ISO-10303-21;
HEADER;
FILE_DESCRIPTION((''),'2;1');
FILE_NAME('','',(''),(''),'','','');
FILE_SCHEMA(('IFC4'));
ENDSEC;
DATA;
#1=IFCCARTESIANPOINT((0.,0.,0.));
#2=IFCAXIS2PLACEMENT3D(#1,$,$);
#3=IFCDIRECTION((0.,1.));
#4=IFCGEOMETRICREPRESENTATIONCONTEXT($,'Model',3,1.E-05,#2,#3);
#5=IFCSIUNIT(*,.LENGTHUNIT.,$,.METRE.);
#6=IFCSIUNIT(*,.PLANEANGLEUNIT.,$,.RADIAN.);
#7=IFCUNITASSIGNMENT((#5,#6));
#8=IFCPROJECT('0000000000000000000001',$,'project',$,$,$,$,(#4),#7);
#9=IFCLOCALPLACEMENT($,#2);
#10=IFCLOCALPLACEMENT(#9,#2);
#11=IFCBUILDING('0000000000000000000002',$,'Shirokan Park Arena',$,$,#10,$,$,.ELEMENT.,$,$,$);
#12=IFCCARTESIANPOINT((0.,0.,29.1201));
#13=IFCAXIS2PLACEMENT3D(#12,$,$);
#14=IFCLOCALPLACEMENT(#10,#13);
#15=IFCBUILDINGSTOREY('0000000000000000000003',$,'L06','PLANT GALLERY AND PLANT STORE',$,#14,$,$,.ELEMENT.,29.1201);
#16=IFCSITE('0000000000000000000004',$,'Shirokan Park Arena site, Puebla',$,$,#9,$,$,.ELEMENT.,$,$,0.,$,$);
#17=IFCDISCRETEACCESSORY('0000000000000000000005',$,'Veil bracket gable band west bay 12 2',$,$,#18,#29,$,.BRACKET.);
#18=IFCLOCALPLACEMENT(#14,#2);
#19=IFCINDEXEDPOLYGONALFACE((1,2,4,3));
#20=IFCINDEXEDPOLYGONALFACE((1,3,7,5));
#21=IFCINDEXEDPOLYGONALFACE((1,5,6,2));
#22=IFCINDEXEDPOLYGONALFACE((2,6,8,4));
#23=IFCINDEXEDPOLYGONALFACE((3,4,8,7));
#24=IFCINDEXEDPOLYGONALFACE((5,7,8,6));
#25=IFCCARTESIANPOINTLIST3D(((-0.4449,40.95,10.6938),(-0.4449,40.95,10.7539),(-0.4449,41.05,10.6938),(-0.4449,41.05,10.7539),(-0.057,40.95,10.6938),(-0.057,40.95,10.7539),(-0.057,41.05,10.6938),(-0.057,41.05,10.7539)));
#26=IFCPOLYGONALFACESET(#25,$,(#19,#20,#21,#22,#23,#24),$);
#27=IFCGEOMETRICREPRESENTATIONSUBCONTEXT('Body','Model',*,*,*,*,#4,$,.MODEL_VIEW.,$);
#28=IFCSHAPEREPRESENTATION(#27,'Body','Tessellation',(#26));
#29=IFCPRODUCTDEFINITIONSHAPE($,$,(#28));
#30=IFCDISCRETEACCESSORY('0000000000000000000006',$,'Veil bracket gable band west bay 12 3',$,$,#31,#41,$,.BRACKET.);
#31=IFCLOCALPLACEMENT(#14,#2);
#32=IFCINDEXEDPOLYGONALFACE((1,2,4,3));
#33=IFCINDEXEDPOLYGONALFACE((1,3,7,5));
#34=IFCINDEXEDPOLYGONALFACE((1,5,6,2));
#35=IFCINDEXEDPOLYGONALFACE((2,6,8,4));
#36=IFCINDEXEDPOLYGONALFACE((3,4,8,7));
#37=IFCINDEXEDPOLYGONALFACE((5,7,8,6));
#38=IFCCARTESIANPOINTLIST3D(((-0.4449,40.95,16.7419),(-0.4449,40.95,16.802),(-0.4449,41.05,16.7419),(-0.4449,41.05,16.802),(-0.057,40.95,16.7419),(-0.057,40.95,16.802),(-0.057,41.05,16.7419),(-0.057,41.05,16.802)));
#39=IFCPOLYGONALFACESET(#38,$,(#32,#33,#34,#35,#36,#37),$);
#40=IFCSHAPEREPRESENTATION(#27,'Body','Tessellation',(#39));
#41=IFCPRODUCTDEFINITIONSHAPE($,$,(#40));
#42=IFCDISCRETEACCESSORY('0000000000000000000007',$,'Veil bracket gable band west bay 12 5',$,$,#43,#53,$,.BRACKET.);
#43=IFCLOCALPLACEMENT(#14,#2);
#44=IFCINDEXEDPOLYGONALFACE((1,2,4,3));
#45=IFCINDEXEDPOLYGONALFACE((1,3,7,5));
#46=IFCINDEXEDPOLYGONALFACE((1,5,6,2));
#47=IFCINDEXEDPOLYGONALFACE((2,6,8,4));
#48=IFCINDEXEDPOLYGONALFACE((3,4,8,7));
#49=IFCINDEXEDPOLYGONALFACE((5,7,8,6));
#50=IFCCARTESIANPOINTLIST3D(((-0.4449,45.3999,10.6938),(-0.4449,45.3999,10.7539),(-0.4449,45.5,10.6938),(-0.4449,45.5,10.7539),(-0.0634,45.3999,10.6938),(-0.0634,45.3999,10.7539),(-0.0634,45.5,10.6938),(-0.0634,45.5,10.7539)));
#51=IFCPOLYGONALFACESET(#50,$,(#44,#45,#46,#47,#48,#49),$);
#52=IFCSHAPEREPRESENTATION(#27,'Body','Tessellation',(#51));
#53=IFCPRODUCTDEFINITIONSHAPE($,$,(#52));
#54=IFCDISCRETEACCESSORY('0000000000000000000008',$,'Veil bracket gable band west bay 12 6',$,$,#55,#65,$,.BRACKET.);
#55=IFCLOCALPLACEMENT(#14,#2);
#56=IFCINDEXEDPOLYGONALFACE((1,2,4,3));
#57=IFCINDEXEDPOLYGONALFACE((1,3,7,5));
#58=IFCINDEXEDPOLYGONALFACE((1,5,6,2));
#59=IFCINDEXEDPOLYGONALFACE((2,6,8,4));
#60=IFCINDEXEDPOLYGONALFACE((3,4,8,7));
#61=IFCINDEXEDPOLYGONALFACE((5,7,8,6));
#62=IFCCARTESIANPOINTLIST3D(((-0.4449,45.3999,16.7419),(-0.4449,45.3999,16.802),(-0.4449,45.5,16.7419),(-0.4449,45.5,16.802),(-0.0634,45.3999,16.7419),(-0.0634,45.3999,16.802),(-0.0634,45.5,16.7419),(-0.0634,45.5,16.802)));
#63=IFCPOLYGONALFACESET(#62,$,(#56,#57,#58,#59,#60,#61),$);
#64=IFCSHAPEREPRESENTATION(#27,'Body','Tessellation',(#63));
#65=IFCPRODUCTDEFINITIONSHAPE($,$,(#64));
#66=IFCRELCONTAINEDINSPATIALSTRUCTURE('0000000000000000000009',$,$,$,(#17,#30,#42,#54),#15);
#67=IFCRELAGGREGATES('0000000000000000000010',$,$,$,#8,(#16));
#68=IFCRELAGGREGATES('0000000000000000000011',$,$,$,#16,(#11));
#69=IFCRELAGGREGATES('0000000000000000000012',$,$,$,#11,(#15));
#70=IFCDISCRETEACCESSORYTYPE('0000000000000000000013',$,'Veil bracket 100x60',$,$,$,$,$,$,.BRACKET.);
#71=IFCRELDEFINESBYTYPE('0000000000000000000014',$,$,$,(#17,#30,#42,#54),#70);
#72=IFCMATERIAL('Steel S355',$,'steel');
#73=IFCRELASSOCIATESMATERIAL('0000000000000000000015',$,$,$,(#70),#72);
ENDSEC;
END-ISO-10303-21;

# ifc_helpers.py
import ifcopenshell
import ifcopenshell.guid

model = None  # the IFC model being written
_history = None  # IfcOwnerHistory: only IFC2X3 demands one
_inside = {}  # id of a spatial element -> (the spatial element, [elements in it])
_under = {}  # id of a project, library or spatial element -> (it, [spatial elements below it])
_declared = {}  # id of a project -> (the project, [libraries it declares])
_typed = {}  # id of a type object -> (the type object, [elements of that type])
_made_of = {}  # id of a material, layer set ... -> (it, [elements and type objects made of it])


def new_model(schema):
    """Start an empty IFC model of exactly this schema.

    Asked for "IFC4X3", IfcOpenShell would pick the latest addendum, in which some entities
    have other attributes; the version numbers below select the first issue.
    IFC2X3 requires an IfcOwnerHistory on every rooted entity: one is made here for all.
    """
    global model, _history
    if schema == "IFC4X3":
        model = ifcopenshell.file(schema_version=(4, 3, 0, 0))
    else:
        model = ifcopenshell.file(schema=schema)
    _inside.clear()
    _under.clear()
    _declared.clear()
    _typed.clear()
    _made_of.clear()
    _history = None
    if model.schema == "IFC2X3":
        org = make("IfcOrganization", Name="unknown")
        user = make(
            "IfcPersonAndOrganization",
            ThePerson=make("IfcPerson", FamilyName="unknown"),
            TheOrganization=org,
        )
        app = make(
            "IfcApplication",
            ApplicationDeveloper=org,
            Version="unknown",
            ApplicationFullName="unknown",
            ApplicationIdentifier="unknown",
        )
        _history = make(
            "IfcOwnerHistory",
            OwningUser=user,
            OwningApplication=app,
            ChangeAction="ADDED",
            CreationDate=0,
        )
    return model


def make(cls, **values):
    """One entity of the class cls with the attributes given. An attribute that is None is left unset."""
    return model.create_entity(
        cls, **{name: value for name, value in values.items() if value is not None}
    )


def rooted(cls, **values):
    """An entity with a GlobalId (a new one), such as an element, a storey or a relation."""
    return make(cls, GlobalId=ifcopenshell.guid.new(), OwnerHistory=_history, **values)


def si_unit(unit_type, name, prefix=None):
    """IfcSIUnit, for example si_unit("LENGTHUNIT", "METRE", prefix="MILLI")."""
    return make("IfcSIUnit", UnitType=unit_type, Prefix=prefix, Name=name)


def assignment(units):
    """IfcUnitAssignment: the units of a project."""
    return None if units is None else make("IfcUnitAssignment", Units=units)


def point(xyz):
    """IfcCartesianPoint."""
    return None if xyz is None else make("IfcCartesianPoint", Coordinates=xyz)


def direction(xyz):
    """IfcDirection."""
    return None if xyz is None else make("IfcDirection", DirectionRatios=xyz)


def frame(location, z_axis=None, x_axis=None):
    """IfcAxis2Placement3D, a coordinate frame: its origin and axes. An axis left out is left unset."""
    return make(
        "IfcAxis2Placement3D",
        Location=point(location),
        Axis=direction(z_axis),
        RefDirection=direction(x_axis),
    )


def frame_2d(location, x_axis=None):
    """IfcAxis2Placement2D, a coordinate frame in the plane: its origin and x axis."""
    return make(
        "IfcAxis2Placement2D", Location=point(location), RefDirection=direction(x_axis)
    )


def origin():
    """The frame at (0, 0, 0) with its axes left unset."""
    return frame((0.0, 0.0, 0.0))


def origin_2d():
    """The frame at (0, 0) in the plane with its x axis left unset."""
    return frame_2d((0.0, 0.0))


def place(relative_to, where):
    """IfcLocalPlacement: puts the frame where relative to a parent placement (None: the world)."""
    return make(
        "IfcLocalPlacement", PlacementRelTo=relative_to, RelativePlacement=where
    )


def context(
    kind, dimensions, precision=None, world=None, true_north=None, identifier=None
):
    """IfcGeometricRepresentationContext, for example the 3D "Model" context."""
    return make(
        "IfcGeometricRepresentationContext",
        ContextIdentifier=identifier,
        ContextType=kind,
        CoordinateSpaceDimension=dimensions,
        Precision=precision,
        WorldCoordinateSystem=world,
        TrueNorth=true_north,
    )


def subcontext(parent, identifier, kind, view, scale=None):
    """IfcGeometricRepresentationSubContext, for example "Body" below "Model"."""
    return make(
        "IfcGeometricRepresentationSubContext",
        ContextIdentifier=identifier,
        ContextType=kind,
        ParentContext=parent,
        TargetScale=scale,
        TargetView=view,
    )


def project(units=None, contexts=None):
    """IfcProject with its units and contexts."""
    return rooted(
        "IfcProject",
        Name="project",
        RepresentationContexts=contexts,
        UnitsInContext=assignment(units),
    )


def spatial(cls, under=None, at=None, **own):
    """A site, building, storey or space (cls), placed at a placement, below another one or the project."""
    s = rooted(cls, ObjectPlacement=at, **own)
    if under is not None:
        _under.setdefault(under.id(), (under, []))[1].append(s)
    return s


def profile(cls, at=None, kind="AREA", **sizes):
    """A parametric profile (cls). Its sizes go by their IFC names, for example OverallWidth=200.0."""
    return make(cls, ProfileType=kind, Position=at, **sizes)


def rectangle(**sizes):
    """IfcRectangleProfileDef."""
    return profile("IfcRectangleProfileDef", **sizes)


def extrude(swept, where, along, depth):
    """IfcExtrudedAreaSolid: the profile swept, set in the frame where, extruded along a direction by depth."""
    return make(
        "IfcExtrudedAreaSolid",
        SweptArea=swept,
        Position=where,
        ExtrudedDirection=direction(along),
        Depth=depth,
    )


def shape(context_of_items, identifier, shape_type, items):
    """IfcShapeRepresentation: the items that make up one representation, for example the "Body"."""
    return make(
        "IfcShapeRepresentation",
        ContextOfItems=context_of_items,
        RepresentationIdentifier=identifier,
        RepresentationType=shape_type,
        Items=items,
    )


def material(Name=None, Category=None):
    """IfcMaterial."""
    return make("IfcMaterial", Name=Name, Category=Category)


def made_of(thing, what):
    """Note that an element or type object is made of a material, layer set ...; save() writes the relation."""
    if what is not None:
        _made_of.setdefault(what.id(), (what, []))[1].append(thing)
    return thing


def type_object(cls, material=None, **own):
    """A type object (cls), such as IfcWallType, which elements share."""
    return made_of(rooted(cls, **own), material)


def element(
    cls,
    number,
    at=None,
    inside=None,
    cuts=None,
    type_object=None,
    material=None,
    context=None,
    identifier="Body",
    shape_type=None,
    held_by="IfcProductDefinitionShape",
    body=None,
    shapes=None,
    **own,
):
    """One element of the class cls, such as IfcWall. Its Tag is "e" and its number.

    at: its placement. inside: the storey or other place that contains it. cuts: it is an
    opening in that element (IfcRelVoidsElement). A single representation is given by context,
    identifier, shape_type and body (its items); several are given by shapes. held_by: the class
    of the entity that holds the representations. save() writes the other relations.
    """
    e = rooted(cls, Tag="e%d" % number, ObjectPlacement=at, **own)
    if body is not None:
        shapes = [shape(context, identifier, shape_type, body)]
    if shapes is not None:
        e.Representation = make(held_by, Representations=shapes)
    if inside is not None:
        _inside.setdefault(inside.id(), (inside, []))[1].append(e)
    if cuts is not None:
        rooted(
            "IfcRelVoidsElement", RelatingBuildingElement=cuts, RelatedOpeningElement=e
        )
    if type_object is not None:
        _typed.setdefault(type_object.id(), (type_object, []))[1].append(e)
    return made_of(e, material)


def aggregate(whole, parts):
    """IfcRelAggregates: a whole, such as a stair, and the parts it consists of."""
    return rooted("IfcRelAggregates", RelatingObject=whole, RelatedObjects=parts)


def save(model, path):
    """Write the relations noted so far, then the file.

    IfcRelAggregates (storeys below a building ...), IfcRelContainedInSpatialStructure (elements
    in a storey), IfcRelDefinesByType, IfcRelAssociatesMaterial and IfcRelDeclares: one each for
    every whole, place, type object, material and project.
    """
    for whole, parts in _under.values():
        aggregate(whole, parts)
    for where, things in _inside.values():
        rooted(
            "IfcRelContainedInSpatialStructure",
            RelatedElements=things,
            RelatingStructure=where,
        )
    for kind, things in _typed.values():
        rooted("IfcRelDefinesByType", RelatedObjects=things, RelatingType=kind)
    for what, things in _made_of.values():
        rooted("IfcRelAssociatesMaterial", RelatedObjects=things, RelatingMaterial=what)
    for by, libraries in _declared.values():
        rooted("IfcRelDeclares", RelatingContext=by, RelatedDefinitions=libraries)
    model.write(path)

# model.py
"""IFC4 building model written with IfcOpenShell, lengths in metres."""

from ifc_helpers import new_model, si_unit, direction, frame, origin, origin_2d, place, context, subcontext, project, spatial, rectangle, extrude, material, type_object, element, save


model = new_model("IFC4")

# Units and contexts
model_context = context("Model", 3, precision=1e-05, world=origin(), true_north=direction((0.0, 1.0)))
body_context = subcontext(model_context, "Body", "Model", "MODEL_VIEW")
ifc_project = project(units=[si_unit("LENGTHUNIT", "METRE"), si_unit("PLANEANGLEUNIT", "RADIAN")], contexts=[model_context])

# Site, building, storey
site_placement = place(None, origin())
site = spatial("IfcSite", under=ifc_project, at=site_placement, Name="Shirokan Park Arena site, Puebla", CompositionType="ELEMENT", RefElevation=0.0)
building_placement = place(site_placement, origin())
building = spatial("IfcBuilding", under=site, at=building_placement, Name="Shirokan Park Arena", CompositionType="ELEMENT")
storey_placement = place(building_placement, frame((0.0, 0.0, 29.1201)))
storey = spatial("IfcBuildingStorey", under=building, at=storey_placement, Name="L06", Description="PLANT GALLERY AND PLANT STORE", CompositionType="ELEMENT", Elevation=29.1201)

# Discrete accessories
ifc_material_1 = material(Name="Steel S355", Category="steel")
discrete_accessory_type = type_object("IfcDiscreteAccessoryType", Name="Veil bracket 100x60", PredefinedType="BRACKET", material=ifc_material_1)
for number, where, z_axis, x_axis, name in (
    (1, (-0.251, 41.0, 10.6938), (0.0, 0.0, 1.0), (1.0, 0.0, 0.0), "Veil bracket gable band west bay 12 2"),
    (2, (-0.251, 41.0, 16.7419), (0.0, 0.0, 1.0), (1.0, 0.0, 0.0), "Veil bracket gable band west bay 12 3"),
):
    element("IfcDiscreteAccessory", number, at=place(storey_placement, frame(where, z_axis=z_axis, x_axis=x_axis)), inside=storey, type_object=discrete_accessory_type, Name=name, PredefinedType="BRACKET", context=body_context, shape_type="SweptSolid", body=[
        extrude(rectangle(XDim=0.3879, YDim=0.1001, at=origin_2d()), origin(), (0.0, 0.0, 1.0), 0.0601),
    ])
for number, where, z_axis, x_axis, name in (
    (3, (-0.2542, 45.45, 10.6938), (0.0, 0.0, 1.0), (1.0, 0.0, 0.0), "Veil bracket gable band west bay 12 5"),
    (4, (-0.2542, 45.45, 16.7419), (0.0, 0.0, 1.0), (1.0, 0.0, 0.0), "Veil bracket gable band west bay 12 6"),
):
    element("IfcDiscreteAccessory", number, at=place(storey_placement, frame(where, z_axis=z_axis, x_axis=x_axis)), inside=storey, type_object=discrete_accessory_type, Name=name, PredefinedType="BRACKET", context=body_context, shape_type="SweptSolid", body=[
        extrude(rectangle(XDim=0.3816, YDim=0.1001, at=origin_2d()), origin(), (0.0, 0.0, 1.0), 0.0601),
    ])

save(model, "model.ifc")
